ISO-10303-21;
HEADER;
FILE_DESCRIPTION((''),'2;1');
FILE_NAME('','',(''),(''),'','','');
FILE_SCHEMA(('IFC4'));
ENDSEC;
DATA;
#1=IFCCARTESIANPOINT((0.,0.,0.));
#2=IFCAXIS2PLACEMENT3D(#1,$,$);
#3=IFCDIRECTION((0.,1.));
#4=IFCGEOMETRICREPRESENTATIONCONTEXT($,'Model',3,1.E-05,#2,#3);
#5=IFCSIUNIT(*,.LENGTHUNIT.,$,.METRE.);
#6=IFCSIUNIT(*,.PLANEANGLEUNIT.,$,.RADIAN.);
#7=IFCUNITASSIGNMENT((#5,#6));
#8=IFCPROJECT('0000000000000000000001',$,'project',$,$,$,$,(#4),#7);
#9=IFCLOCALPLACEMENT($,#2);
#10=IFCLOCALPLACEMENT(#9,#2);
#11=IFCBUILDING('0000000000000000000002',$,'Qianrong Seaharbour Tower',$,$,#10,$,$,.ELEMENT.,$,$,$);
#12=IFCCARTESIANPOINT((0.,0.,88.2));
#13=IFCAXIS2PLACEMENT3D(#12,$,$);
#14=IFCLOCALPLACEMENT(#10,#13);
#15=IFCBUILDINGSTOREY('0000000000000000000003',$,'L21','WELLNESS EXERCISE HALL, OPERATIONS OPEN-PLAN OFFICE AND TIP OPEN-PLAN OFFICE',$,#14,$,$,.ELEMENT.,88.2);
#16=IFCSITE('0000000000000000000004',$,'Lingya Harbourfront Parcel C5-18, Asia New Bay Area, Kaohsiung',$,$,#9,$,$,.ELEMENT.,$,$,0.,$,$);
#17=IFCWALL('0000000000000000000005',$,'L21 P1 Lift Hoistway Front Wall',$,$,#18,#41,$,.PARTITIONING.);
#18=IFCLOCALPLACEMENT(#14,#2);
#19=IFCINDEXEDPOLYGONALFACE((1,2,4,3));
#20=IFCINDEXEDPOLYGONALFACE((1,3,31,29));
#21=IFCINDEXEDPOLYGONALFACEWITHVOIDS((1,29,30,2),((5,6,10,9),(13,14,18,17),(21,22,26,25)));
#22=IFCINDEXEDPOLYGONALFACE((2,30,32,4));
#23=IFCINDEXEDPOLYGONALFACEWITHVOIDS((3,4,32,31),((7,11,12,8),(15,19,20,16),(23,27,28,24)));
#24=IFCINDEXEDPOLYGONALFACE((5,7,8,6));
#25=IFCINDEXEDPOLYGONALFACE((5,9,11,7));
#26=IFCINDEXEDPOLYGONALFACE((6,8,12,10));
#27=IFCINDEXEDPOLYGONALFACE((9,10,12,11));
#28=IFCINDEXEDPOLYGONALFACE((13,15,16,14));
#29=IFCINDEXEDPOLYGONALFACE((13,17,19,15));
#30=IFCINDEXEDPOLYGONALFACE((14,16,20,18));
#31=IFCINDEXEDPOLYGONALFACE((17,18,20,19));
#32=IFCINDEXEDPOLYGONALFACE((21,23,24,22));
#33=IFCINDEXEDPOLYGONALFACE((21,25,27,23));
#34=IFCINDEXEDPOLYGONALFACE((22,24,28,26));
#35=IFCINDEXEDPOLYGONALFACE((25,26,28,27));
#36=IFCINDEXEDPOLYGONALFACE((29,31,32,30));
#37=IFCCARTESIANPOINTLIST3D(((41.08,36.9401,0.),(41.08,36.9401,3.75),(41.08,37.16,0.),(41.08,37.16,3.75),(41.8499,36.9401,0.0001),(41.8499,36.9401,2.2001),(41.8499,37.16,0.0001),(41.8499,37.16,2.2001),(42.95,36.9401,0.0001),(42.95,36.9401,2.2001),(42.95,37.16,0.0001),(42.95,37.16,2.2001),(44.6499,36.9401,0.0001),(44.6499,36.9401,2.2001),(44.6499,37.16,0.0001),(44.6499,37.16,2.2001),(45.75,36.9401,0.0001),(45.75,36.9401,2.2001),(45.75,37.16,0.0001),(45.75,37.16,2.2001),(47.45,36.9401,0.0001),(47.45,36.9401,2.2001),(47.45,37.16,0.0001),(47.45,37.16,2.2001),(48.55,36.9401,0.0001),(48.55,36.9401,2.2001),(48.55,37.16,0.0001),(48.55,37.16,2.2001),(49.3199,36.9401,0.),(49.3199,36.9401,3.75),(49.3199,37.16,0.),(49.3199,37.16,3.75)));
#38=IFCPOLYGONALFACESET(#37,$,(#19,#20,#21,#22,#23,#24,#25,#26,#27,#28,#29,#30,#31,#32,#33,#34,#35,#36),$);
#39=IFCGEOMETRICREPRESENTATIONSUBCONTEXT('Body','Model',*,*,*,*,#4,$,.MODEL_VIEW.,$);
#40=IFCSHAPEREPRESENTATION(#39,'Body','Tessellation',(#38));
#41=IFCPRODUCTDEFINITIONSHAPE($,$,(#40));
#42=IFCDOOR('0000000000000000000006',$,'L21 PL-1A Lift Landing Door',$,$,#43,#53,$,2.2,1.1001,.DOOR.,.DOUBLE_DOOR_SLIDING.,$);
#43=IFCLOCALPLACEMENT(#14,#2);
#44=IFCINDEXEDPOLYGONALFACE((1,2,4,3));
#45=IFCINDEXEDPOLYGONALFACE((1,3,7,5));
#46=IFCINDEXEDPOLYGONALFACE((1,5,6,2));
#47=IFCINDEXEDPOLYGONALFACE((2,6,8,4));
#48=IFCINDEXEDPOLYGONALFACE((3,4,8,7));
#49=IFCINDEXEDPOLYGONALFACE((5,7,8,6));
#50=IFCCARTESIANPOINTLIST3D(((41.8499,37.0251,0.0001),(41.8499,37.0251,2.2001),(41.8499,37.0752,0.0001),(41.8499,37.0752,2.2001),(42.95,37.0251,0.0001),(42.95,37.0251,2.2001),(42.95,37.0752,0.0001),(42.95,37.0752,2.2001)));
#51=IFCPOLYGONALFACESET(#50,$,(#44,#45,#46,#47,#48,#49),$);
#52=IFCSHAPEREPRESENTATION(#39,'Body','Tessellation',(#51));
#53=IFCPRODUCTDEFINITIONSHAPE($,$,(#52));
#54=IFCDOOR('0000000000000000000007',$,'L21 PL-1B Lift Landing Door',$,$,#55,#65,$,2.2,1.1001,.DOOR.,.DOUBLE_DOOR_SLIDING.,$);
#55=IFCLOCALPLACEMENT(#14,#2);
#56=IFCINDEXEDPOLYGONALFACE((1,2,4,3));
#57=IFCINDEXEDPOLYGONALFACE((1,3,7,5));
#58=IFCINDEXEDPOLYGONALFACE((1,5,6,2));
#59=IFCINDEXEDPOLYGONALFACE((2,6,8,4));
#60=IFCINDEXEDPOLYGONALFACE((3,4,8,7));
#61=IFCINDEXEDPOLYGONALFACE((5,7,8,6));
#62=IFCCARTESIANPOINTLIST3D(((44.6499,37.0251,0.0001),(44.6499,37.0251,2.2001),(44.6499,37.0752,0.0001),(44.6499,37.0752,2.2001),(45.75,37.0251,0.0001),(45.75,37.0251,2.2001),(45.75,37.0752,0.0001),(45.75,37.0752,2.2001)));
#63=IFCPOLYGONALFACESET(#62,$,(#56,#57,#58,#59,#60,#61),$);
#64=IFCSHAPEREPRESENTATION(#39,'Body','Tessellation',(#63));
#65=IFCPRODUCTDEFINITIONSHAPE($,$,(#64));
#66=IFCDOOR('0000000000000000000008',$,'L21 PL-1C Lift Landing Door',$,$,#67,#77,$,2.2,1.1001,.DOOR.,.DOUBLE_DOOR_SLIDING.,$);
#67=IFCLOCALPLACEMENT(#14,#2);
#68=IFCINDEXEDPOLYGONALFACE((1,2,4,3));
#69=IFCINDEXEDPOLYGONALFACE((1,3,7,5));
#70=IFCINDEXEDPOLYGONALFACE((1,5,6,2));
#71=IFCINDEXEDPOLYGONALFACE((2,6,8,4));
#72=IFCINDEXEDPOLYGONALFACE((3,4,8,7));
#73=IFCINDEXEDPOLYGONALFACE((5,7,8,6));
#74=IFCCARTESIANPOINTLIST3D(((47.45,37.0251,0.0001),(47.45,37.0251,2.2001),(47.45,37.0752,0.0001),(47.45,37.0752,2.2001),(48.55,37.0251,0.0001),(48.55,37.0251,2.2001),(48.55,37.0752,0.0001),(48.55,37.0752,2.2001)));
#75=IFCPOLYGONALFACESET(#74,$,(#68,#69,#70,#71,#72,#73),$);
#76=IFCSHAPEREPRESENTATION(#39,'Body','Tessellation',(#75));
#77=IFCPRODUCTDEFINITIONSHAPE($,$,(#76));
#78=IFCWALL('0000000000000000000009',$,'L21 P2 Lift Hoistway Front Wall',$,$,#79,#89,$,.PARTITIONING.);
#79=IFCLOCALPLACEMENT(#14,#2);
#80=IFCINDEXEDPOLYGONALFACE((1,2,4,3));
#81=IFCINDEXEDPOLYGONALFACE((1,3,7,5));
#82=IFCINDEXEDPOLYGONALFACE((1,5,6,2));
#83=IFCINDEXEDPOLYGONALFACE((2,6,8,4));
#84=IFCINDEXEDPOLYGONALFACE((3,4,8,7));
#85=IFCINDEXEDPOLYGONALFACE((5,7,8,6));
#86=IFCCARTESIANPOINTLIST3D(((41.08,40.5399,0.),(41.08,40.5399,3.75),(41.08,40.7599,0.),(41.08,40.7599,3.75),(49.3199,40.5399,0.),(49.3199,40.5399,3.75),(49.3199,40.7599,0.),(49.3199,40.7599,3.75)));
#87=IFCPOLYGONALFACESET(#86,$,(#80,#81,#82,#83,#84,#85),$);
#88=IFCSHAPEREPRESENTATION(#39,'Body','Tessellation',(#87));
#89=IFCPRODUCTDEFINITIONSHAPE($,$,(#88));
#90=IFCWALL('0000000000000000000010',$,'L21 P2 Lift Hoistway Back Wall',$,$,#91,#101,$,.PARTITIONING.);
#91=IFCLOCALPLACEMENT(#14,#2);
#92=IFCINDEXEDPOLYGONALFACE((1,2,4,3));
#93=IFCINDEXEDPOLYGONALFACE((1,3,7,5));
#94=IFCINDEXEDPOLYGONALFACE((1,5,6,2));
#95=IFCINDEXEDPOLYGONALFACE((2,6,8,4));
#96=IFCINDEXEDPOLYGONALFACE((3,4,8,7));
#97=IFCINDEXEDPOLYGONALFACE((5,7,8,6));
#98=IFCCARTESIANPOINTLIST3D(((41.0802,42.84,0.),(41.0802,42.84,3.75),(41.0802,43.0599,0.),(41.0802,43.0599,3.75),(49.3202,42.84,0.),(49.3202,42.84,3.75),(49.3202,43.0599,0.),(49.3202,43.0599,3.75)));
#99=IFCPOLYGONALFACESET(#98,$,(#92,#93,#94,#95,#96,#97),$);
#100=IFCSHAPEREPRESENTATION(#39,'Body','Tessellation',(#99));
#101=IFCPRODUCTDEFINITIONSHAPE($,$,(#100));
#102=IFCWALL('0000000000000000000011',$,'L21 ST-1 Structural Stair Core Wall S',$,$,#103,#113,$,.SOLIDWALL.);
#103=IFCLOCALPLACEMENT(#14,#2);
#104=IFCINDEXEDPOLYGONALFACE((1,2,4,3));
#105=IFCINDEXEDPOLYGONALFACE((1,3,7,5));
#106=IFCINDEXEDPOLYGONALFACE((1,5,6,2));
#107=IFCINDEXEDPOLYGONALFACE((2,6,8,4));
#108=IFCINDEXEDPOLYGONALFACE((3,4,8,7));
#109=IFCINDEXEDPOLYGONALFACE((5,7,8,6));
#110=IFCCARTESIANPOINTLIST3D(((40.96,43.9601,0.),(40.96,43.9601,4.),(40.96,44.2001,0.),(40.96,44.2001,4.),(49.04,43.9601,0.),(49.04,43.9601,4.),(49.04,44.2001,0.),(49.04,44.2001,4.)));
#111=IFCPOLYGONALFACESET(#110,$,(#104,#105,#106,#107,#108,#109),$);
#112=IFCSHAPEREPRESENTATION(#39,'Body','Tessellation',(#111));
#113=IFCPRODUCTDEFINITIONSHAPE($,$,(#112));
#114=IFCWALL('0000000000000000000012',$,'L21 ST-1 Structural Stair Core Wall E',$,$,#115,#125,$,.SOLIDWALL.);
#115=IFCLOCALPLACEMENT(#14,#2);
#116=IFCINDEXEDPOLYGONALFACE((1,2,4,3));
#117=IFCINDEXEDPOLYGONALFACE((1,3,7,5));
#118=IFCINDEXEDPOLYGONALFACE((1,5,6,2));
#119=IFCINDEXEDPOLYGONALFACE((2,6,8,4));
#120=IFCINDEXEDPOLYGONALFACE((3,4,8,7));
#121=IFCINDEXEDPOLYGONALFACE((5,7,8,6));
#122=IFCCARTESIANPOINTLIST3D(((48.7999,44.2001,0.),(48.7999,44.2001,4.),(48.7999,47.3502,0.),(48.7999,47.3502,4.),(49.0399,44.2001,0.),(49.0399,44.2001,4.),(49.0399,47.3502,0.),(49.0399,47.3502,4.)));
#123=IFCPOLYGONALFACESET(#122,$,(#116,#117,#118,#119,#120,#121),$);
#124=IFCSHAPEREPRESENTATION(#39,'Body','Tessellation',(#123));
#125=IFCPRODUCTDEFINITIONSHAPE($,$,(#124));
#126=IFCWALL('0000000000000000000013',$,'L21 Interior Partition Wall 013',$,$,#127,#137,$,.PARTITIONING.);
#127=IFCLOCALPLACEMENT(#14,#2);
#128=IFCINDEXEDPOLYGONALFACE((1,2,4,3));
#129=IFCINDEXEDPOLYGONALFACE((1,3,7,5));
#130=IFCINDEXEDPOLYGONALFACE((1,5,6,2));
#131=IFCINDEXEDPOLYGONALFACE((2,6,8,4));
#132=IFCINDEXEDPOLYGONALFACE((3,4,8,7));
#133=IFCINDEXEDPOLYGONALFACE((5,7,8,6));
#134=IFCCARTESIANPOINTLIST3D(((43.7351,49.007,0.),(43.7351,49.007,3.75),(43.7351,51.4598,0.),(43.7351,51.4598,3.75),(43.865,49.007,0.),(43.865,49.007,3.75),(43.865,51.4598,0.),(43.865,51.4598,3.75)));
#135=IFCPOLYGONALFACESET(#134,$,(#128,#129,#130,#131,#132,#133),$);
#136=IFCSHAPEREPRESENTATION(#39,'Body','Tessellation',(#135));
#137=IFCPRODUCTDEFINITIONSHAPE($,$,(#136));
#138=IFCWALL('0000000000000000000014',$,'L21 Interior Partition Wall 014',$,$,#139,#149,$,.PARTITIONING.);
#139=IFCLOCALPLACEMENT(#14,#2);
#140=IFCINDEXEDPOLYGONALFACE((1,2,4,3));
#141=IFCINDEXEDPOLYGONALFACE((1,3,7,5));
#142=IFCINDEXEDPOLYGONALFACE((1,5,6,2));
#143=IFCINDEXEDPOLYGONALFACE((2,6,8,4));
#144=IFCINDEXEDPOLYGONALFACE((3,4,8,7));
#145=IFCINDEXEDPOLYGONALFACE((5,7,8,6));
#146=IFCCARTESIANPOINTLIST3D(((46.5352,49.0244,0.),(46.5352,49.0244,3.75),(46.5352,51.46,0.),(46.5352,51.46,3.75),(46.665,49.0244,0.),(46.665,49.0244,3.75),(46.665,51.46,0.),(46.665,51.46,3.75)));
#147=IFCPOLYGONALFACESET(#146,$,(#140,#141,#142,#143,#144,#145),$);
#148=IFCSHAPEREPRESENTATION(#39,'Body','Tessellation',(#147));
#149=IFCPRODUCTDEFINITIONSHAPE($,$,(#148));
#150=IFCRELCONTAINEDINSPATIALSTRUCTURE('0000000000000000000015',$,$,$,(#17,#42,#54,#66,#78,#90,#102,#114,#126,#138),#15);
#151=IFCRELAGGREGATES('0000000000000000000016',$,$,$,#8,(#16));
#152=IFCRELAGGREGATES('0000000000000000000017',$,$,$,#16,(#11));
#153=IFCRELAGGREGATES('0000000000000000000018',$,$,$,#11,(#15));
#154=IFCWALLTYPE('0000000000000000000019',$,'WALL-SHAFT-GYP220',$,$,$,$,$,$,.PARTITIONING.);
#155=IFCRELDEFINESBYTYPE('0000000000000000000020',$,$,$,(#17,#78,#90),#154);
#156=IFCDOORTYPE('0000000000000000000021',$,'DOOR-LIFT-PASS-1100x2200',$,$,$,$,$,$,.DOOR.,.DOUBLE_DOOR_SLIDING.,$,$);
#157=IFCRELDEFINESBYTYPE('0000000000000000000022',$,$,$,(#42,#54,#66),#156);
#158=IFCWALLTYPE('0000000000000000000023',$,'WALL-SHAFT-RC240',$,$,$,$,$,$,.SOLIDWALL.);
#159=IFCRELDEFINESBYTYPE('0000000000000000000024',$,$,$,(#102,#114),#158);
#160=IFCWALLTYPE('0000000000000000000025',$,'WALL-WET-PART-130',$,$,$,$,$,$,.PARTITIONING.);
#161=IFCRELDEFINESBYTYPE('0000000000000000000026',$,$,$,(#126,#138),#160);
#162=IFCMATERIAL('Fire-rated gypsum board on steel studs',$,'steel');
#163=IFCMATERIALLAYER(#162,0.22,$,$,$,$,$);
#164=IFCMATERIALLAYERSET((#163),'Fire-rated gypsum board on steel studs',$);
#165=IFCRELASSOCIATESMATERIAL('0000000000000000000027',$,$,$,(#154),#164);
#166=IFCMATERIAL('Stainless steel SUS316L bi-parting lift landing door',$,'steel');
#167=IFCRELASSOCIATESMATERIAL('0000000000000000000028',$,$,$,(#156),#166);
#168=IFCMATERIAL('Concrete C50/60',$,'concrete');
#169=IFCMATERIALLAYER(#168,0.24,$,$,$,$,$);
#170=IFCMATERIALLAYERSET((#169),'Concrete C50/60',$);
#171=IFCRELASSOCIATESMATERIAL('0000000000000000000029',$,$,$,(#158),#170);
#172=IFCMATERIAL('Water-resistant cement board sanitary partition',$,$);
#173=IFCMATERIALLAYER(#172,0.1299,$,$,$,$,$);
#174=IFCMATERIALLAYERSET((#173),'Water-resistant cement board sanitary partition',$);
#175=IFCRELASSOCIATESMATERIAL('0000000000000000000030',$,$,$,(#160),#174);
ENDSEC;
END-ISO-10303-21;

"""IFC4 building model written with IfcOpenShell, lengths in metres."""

from ifc_helpers import new_model, si_unit, direction, frame, frame_2d, origin, place, context, subcontext, project, spatial, rectangle, extrude, material, layer, layer_set, type_object, element, fill, save


model = new_model("IFC4")

# Units and contexts
model_context = context("Model", 3, precision=1e-05, world=origin(), true_north=direction((0.0, 1.0)))
body_context = subcontext(model_context, "Body", "Model", "MODEL_VIEW")
ifc_project = project(units=[si_unit("LENGTHUNIT", "METRE"), si_unit("PLANEANGLEUNIT", "RADIAN")], contexts=[model_context])

# Site, building, storey
site_placement = place(None, origin())
site = spatial("IfcSite", under=ifc_project, at=site_placement, Name="Lingya Harbourfront Parcel C5-18, Asia New Bay Area, Kaohsiung", CompositionType="ELEMENT", RefElevation=0.0)
building_placement = place(site_placement, origin())
building = spatial("IfcBuilding", under=site, at=building_placement, Name="Qianrong Seaharbour Tower", CompositionType="ELEMENT")
storey_placement = place(building_placement, frame((0.0, 0.0, 88.2)))
storey = spatial("IfcBuildingStorey", under=building, at=storey_placement, Name="L21", Description="WELLNESS EXERCISE HALL, OPERATIONS OPEN-PLAN OFFICE AND TIP OPEN-PLAN OFFICE", CompositionType="ELEMENT", Elevation=88.2)

# Shared definitions
ifc_material_1 = material(Name="Fire-rated gypsum board on steel studs", Category="steel")

# Wall, openings, doors
ifc_layer_1 = layer(ifc_material_1, 0.22)
ifc_layer_set_1 = layer_set([ifc_layer_1], Name="Fire-rated gypsum board on steel studs")
wall_type_1 = type_object("IfcWallType", Name="WALL-SHAFT-GYP220", PredefinedType="PARTITIONING", material=ifc_layer_set_1)
wall_1_placement = place(storey_placement, frame((49.3201, 37.05, 0.0), z_axis=(0.0, 0.0, 1.0), x_axis=(-1.0, 0.0, 0.0)))
wall_1 = element("IfcWall", 1, at=wall_1_placement, inside=storey, type_object=wall_type_1, Name="L21 P1 Lift Hoistway Front Wall", PredefinedType="PARTITIONING", context=body_context, shape_type="SweptSolid", body=[
    extrude(rectangle(XDim=8.24, YDim=0.22, at=frame_2d((4.1201, 0.0))), origin(), (0.0, 0.0, 1.0), 3.75),
])
opening_1_placement = place(wall_1_placement, frame((6.3701, 0.0, 0.0)))
opening_1 = element("IfcOpeningElement", 2, at=opening_1_placement, cuts=wall_1, PredefinedType="OPENING", context=body_context, shape_type="SweptSolid", body=[
    extrude(rectangle(XDim=1.1001, YDim=2.2, at=frame_2d((0.55, 1.1001))), frame((0.0, 0.1201, 0.0), z_axis=(0.0, -1.0, 0.0), x_axis=(1.0, 0.0, 0.0)), (0.0, 0.0, 1.0), 0.24),
])
opening_2_placement = place(wall_1_placement, frame((3.5701, 0.0, 0.0)))
opening_2 = element("IfcOpeningElement", 3, at=opening_2_placement, cuts=wall_1, PredefinedType="OPENING", context=body_context, shape_type="SweptSolid", body=[
    extrude(rectangle(XDim=1.1001, YDim=2.2, at=frame_2d((0.55, 1.1001))), frame((0.0, 0.1201, 0.0), z_axis=(0.0, -1.0, 0.0), x_axis=(1.0, 0.0, 0.0)), (0.0, 0.0, 1.0), 0.24),
])
opening_3_placement = place(wall_1_placement, frame((0.77, 0.0, 0.0)))
opening_3 = element("IfcOpeningElement", 4, at=opening_3_placement, cuts=wall_1, PredefinedType="OPENING", context=body_context, shape_type="SweptSolid", body=[
    extrude(rectangle(XDim=1.1001, YDim=2.2, at=frame_2d((0.55, 1.1001))), frame((0.0, 0.1201, 0.0), z_axis=(0.0, -1.0, 0.0), x_axis=(1.0, 0.0, 0.0)), (0.0, 0.0, 1.0), 0.24),
])
ifc_material_2 = material(Name="Stainless steel SUS316L bi-parting lift landing door", Category="steel")
door_type_1 = type_object("IfcDoorType", Name="DOOR-LIFT-PASS-1100x2200", OperationType="DOUBLE_DOOR_SLIDING", PredefinedType="DOOR", material=ifc_material_2)
door_1_placement = place(opening_1_placement, origin())
door_1 = element("IfcDoor", 5, at=door_1_placement, inside=storey, type_object=door_type_1, Name="L21 PL-1A Lift Landing Door", OperationType="DOUBLE_DOOR_SLIDING", OverallHeight=2.2, OverallWidth=1.1001, PredefinedType="DOOR", context=body_context, shape_type="SweptSolid", body=[
    extrude(rectangle(XDim=1.1001, YDim=2.2, at=frame_2d((0.55, 1.1001))), frame((0.0, 0.0249, 0.0), z_axis=(0.0, -1.0, 0.0), x_axis=(1.0, 0.0, 0.0)), (0.0, 0.0, 1.0), 0.05),
])
fill(opening_1, door_1)
door_2_placement = place(opening_2_placement, origin())
door_2 = element("IfcDoor", 6, at=door_2_placement, inside=storey, type_object=door_type_1, Name="L21 PL-1B Lift Landing Door", OperationType="DOUBLE_DOOR_SLIDING", OverallHeight=2.2, OverallWidth=1.1001, PredefinedType="DOOR", context=body_context, shape_type="SweptSolid", body=[
    extrude(rectangle(XDim=1.1001, YDim=2.2, at=frame_2d((0.55, 1.1001))), frame((0.0, 0.0249, 0.0), z_axis=(0.0, -1.0, 0.0), x_axis=(1.0, 0.0, 0.0)), (0.0, 0.0, 1.0), 0.05),
])
fill(opening_2, door_2)
door_3_placement = place(opening_3_placement, origin())
door_3 = element("IfcDoor", 7, at=door_3_placement, inside=storey, type_object=door_type_1, Name="L21 PL-1C Lift Landing Door", OperationType="DOUBLE_DOOR_SLIDING", OverallHeight=2.2, OverallWidth=1.1001, PredefinedType="DOOR", context=body_context, shape_type="SweptSolid", body=[
    extrude(rectangle(XDim=1.1001, YDim=2.2, at=frame_2d((0.55, 1.1001))), frame((0.0, 0.0249, 0.0), z_axis=(0.0, -1.0, 0.0), x_axis=(1.0, 0.0, 0.0)), (0.0, 0.0, 1.0), 0.05),
])
fill(opening_3, door_3)

# Walls
for number, where, z_axis, x_axis, name in (
    (8, (49.3201, 40.6499, 0.0), (0.0, 0.0, 1.0), (-1.0, 0.0, 0.0), "L21 P2 Lift Hoistway Front Wall"),
    (9, (41.0801, 42.95, 0.0), (0.0, 0.0, 1.0), (1.0, 0.0, 0.0), "L21 P2 Lift Hoistway Back Wall"),
):
    element("IfcWall", number, at=place(storey_placement, frame(where, z_axis=z_axis, x_axis=x_axis)), inside=storey, type_object=wall_type_1, Name=name, PredefinedType="PARTITIONING", context=body_context, shape_type="SweptSolid", body=[
        extrude(rectangle(XDim=8.24, YDim=0.22, at=frame_2d((4.1201, 0.0))), origin(), (0.0, 0.0, 1.0), 3.75),
    ])
ifc_material_3 = material(Name="Concrete C50/60", Category="concrete")
ifc_layer_2 = layer(ifc_material_3, 0.24)
ifc_layer_set_2 = layer_set([ifc_layer_2], Name="Concrete C50/60")
wall_type_2 = type_object("IfcWallType", Name="WALL-SHAFT-RC240", PredefinedType="SOLIDWALL", material=ifc_layer_set_2)
wall_2_placement = place(storey_placement, frame((49.04, 44.0801, 0.0), z_axis=(0.0, 0.0, 1.0), x_axis=(-1.0, 0.0, 0.0)))
element("IfcWall", 10, at=wall_2_placement, inside=storey, type_object=wall_type_2, Name="L21 ST-1 Structural Stair Core Wall S", PredefinedType="SOLIDWALL", context=body_context, shape_type="SweptSolid", body=[
    extrude(rectangle(XDim=8.0801, YDim=0.24, at=frame_2d((4.04, 0.0))), origin(), (0.0, 0.0, 1.0), 4.0),
])
wall_3_placement = place(storey_placement, frame((48.9199, 44.2, 0.0), z_axis=(0.0, 0.0, 1.0), x_axis=(0.0, 1.0, 0.0)))
element("IfcWall", 11, at=wall_3_placement, inside=storey, type_object=wall_type_2, Name="L21 ST-1 Structural Stair Core Wall E", PredefinedType="SOLIDWALL", context=body_context, shape_type="SweptSolid", body=[
    extrude(rectangle(XDim=3.1501, YDim=0.24, at=frame_2d((1.5752, 0.0))), origin(), (0.0, 0.0, 1.0), 4.0),
])

# Shared definitions
ifc_material_4 = material(Name="Water-resistant cement board sanitary partition")
ifc_layer_3 = layer(ifc_material_4, 0.1299)
ifc_layer_set_3 = layer_set([ifc_layer_3], Name="Water-resistant cement board sanitary partition")
wall_type_3 = type_object("IfcWallType", Name="WALL-WET-PART-130", PredefinedType="PARTITIONING", material=ifc_layer_set_3)

# Walls
wall_4_placement = place(storey_placement, frame((43.8, 51.46, 0.0), z_axis=(0.0, 0.0, 1.0), x_axis=(0.0, -1.0, 0.0)))
element("IfcWall", 12, at=wall_4_placement, inside=storey, type_object=wall_type_3, Name="L21 Interior Partition Wall 013", PredefinedType="PARTITIONING", context=body_context, shape_type="SweptSolid", body=[
    extrude(rectangle(XDim=2.4529, YDim=0.1299, at=frame_2d((1.2266, 0.0))), origin(), (0.0, 0.0, 1.0), 3.75),
])
wall_5_placement = place(storey_placement, frame((46.6001, 51.46, 0.0), z_axis=(0.0, 0.0, 1.0), x_axis=(0.0, -1.0, 0.0)))
element("IfcWall", 13, at=wall_5_placement, inside=storey, type_object=wall_type_3, Name="L21 Interior Partition Wall 014", PredefinedType="PARTITIONING", context=body_context, shape_type="SweptSolid", body=[
    extrude(rectangle(XDim=2.4355, YDim=0.1299, at=frame_2d((1.2178, 0.0))), origin(), (0.0, 0.0, 1.0), 3.75),
])

save(model, "model.ifc")
